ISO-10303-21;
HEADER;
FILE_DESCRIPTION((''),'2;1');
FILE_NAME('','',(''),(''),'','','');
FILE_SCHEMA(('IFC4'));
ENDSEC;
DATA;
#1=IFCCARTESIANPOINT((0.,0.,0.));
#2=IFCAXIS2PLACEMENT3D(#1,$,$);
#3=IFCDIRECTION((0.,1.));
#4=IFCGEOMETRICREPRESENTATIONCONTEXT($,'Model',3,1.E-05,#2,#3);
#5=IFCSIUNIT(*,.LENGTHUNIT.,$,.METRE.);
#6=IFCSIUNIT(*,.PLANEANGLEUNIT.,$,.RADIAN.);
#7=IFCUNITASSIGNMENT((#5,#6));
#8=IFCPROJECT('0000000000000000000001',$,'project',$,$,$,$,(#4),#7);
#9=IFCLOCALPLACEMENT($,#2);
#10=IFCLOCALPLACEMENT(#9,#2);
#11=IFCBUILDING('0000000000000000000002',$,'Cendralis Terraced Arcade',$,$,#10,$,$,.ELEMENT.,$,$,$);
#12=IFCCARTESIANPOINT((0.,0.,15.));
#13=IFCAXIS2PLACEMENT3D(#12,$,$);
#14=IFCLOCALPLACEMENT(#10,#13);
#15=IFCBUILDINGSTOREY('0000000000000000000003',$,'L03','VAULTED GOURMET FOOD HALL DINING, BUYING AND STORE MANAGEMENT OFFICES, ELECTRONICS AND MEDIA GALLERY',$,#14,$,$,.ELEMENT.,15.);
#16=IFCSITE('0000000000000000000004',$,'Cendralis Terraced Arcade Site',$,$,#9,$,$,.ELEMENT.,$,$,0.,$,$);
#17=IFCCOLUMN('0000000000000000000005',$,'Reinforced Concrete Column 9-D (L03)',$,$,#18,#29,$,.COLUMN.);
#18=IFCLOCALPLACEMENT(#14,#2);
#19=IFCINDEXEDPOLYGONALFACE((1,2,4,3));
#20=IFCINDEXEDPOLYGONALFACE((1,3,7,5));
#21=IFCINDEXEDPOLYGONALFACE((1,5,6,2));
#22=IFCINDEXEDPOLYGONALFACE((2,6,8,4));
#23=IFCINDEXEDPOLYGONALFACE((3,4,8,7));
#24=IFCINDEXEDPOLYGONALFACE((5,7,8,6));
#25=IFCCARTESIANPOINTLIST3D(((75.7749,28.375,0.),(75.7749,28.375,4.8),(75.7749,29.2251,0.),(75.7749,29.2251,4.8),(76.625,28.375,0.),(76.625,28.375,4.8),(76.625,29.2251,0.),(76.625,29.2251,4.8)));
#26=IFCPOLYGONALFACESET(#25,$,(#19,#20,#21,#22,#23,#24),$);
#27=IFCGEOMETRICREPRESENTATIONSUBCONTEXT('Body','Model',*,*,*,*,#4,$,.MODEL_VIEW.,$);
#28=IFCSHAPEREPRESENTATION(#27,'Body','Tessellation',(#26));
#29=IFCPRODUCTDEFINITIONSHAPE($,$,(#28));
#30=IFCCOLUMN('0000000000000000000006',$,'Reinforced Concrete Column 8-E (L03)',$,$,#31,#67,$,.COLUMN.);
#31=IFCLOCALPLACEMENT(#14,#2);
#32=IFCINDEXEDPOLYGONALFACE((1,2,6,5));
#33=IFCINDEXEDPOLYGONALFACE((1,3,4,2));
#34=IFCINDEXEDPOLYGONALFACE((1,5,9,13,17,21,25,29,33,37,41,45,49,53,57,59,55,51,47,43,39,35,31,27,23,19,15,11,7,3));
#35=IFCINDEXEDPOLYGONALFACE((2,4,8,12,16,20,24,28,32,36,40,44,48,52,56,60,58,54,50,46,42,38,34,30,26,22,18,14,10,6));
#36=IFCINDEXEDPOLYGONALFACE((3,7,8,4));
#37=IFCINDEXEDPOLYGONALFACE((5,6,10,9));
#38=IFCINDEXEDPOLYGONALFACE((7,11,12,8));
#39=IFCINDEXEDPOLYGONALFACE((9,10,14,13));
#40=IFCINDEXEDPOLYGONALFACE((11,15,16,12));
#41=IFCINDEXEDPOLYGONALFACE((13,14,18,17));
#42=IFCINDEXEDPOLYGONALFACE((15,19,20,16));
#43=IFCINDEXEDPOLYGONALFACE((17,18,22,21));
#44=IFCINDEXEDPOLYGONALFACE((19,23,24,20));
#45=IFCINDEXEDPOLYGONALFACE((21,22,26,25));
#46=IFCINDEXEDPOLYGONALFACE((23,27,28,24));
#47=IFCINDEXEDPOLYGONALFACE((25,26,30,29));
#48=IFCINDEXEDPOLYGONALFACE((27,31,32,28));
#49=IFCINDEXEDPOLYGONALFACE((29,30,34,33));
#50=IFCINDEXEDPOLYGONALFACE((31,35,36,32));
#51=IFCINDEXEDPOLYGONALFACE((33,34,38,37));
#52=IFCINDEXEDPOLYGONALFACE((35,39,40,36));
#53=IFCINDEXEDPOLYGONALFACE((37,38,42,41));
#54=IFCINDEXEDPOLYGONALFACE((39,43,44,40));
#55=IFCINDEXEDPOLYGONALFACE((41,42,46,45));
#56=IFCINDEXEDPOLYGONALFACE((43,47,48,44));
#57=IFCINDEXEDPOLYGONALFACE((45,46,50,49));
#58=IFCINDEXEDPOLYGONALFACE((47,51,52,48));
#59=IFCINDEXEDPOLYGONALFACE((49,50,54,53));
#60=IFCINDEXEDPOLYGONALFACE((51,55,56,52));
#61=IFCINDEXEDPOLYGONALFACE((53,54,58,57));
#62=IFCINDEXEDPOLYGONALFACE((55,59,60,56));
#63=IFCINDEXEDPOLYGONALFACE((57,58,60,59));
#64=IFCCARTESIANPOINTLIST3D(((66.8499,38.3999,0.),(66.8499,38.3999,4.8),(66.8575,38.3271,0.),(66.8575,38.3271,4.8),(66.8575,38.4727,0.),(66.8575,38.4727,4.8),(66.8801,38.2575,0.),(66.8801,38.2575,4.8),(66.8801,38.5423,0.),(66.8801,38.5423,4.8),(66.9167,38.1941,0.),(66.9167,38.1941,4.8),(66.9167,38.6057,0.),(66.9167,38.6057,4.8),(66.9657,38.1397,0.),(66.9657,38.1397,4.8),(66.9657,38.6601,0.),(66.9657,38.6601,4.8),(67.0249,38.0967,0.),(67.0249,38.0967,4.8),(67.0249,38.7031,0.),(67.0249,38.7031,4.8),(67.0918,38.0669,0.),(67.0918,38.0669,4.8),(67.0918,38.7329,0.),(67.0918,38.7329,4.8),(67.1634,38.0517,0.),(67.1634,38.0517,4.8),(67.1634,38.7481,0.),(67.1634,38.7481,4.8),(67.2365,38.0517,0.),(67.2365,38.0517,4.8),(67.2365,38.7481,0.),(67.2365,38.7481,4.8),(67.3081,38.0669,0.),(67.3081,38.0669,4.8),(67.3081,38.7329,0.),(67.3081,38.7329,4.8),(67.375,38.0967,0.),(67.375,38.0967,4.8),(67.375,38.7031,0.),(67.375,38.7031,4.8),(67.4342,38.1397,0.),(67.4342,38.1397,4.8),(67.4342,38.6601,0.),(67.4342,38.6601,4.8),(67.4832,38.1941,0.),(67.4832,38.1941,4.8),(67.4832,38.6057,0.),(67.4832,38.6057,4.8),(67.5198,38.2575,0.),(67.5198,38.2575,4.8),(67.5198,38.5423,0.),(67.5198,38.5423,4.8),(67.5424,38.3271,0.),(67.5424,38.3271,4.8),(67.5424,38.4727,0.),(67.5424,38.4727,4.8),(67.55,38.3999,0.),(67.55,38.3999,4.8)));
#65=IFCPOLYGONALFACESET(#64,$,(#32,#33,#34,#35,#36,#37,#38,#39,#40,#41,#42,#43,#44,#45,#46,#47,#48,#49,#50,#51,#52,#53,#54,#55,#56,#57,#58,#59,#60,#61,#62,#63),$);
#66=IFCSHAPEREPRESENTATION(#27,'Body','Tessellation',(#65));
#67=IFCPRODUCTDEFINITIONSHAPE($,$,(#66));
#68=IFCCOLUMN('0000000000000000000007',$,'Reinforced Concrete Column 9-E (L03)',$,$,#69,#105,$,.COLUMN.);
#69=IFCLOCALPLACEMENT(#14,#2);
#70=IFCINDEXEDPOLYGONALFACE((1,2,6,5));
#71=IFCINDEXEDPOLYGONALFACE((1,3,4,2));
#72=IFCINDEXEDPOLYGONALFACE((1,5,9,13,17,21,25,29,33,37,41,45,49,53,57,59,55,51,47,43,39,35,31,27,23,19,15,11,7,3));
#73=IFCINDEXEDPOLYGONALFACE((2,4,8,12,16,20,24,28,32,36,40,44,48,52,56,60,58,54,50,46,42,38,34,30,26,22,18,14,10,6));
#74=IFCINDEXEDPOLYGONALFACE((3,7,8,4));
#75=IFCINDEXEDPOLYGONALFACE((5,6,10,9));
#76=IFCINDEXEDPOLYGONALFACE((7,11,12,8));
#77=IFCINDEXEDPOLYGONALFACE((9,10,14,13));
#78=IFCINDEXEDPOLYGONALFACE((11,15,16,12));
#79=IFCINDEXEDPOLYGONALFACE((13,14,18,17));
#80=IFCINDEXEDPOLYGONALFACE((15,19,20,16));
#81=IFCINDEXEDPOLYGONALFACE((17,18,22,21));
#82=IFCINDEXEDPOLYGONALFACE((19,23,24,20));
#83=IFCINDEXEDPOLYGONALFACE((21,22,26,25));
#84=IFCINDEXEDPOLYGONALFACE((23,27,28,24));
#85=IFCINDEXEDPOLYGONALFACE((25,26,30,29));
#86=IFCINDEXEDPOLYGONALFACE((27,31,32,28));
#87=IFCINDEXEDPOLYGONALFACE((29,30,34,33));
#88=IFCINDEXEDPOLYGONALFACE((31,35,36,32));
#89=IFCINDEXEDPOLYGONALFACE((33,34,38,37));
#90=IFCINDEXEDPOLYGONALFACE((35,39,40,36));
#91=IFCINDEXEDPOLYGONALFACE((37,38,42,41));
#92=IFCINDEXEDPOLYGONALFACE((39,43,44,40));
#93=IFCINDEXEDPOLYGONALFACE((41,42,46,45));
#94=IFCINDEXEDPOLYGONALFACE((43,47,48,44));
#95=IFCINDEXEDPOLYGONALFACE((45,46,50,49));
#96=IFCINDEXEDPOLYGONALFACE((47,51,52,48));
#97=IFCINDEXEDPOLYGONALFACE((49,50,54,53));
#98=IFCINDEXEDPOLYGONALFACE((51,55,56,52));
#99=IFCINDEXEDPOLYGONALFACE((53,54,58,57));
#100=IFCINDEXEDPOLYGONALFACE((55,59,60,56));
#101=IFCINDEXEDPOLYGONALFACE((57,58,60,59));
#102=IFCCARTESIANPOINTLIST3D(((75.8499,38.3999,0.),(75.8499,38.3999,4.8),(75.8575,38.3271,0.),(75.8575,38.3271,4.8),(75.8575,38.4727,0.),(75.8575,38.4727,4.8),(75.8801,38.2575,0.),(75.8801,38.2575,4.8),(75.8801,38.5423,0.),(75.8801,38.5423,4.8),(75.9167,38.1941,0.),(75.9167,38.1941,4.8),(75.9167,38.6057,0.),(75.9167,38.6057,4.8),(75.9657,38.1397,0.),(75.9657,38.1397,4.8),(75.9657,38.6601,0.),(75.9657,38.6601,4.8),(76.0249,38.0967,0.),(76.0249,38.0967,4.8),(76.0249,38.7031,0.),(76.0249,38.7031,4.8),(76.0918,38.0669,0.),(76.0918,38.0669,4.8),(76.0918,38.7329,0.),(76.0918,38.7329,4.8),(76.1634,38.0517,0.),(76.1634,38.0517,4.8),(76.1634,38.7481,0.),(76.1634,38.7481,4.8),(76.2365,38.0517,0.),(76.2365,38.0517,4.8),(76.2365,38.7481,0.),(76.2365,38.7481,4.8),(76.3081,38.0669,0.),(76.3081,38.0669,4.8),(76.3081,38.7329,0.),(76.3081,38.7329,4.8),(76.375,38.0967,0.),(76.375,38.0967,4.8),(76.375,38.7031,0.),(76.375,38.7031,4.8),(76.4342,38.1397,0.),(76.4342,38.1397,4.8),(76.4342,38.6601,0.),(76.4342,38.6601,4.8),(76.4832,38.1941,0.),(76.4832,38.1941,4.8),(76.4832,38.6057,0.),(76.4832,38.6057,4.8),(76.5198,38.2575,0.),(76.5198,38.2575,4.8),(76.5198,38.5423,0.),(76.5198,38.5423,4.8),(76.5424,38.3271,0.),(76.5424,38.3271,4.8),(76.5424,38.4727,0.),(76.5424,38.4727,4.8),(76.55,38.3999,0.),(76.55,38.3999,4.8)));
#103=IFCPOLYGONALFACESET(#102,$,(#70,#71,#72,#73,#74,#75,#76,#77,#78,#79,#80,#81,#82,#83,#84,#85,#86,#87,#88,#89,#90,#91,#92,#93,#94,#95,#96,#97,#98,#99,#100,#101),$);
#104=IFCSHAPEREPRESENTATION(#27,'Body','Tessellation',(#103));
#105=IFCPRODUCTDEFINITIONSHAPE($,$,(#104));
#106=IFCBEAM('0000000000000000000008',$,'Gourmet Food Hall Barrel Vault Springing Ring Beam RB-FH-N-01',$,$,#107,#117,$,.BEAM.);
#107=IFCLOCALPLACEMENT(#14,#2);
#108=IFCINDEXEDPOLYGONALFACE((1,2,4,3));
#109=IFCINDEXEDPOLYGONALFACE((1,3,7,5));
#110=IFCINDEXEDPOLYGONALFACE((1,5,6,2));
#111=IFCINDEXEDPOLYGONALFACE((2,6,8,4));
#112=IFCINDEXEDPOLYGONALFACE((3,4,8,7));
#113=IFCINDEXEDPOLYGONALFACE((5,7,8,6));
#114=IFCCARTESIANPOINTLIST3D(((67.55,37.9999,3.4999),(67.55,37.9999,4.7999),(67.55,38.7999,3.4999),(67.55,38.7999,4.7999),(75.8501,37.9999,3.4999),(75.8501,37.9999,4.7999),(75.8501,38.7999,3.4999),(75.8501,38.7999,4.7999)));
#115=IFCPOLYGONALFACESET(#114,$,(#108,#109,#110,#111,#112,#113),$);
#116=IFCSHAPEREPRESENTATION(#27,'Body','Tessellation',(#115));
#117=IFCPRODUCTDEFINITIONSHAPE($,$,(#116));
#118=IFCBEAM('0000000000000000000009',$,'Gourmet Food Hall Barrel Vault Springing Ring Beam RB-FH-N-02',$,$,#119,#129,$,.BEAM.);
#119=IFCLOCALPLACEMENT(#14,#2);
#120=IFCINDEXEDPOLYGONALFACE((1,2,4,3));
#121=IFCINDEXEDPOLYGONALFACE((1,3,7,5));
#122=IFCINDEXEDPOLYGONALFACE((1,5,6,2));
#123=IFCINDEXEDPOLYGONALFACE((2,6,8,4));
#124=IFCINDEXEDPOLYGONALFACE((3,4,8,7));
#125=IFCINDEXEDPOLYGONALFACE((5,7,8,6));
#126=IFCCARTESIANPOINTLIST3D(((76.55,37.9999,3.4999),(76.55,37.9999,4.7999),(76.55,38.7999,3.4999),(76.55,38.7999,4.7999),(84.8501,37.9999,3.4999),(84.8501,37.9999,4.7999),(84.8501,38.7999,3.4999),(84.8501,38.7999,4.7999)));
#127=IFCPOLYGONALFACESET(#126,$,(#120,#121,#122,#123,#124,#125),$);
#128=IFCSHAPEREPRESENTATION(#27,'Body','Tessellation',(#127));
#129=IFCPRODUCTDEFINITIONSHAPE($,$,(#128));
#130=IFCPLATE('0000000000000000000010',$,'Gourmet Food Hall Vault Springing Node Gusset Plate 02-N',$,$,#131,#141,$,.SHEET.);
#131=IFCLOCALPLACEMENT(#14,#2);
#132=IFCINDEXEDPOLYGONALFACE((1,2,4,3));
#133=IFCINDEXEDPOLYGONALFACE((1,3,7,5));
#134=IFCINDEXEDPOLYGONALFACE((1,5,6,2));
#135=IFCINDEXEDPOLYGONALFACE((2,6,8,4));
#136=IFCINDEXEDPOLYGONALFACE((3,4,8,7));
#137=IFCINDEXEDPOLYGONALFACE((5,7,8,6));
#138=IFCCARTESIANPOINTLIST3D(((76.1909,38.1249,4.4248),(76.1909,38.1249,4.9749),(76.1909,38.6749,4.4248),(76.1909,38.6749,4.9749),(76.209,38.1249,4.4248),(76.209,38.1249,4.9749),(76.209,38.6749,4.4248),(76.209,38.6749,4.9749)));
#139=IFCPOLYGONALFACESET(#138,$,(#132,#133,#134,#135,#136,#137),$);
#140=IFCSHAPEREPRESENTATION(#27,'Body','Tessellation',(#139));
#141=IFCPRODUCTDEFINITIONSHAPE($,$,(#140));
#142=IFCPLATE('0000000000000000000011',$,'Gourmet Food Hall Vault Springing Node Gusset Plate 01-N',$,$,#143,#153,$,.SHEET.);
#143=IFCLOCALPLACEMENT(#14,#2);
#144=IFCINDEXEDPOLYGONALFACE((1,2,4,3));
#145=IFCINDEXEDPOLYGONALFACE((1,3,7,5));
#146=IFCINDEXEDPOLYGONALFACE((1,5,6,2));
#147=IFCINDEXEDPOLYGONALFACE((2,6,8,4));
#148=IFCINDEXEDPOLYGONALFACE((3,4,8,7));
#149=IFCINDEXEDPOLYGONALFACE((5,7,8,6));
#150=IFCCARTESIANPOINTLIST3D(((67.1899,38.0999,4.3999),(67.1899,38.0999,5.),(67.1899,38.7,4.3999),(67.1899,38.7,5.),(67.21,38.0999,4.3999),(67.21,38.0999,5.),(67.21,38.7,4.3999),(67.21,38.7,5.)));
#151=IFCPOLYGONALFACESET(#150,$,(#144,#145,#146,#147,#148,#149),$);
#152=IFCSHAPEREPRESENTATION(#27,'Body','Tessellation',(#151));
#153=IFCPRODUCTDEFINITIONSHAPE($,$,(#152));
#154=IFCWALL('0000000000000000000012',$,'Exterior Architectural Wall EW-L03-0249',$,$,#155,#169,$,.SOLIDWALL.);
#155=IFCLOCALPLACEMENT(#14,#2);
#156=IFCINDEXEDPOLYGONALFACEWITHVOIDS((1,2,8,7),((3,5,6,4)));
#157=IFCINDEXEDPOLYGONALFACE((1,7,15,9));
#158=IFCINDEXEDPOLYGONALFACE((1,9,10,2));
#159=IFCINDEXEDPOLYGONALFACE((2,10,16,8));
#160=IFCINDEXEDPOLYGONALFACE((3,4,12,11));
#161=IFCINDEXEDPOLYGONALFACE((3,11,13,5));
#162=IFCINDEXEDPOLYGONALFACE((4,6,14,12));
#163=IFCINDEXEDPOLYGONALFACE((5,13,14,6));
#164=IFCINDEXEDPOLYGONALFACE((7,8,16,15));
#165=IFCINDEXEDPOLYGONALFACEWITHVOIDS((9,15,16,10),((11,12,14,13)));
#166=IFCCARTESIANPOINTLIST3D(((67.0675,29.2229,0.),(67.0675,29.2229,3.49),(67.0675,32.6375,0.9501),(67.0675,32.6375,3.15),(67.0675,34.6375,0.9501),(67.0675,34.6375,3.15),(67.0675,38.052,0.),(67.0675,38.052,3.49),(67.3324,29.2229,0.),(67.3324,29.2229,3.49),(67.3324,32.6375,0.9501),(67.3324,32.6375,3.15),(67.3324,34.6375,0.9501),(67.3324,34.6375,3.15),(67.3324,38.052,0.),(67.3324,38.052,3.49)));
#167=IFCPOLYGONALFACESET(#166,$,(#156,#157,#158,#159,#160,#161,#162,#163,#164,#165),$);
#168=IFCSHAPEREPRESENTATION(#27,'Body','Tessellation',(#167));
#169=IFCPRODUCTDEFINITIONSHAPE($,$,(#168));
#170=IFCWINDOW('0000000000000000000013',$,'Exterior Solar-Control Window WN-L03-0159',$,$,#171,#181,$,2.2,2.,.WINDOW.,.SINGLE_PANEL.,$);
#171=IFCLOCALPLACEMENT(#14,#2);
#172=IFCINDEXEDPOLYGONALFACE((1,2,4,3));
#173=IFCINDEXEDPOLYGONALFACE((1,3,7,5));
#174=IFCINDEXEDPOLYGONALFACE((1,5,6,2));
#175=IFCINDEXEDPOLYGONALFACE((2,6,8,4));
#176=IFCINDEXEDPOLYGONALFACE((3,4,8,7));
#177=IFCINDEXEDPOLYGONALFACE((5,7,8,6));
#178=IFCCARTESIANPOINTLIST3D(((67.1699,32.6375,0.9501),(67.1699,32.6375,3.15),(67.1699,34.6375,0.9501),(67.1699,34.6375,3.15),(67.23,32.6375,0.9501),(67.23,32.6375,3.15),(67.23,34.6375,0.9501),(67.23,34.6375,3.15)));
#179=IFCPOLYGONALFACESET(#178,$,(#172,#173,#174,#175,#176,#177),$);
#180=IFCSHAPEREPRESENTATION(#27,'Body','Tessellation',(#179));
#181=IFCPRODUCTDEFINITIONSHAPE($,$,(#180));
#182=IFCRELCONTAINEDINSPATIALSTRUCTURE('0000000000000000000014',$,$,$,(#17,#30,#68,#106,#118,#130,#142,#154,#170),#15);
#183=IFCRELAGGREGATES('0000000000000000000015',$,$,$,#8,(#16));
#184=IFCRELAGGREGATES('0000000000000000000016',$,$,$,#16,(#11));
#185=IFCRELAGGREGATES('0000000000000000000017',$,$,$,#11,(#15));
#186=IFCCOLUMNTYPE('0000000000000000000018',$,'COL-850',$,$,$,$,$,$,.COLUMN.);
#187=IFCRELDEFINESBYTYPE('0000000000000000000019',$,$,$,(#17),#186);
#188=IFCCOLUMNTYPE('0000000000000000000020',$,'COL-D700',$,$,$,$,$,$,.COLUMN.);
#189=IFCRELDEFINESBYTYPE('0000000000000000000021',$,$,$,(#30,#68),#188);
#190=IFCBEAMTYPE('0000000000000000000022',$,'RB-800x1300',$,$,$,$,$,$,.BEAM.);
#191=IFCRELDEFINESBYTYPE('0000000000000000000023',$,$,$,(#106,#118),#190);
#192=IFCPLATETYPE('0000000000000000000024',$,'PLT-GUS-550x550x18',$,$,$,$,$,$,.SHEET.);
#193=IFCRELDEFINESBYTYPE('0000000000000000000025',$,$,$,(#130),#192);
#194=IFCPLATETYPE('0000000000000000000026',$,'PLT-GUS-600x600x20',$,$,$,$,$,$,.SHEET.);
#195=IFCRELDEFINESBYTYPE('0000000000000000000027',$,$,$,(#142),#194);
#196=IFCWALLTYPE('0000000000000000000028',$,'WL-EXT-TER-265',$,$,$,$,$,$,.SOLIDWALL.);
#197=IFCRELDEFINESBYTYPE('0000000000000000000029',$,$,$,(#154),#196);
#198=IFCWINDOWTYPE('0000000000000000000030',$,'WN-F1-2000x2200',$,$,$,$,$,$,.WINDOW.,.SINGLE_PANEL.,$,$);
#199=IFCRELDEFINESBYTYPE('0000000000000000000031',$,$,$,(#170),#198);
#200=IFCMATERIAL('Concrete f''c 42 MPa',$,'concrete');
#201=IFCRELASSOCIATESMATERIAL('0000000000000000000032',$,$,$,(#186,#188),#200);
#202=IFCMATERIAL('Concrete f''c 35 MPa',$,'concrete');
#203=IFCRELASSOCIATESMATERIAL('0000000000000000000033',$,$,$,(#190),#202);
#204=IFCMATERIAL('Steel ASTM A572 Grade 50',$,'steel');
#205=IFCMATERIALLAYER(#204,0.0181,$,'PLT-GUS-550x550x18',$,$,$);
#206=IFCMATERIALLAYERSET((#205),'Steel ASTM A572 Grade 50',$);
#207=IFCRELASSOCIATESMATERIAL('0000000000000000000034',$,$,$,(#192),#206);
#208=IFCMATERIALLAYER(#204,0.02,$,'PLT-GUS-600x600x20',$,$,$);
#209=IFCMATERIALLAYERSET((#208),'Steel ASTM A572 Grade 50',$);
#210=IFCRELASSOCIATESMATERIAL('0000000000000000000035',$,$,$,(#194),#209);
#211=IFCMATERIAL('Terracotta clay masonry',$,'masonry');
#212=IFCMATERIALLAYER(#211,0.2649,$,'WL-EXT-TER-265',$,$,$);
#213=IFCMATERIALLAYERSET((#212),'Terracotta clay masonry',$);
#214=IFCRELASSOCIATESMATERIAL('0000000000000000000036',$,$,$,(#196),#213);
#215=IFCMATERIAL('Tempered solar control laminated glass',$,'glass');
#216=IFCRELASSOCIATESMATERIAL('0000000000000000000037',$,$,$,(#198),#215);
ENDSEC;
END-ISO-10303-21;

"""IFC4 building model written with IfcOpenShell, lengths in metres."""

from ifc_helpers import new_model, si_unit, direction, frame, frame_2d, origin, origin_2d, place, context, subcontext, project, spatial, rectangle, circle, extrude, material, layer, layer_set, material_profile, profile_set, type_object, element, fill, save


model = new_model("IFC4")

# Units and contexts
model_context = context("Model", 3, precision=1e-05, world=origin(), true_north=direction((0.0, 1.0)))
body_context = subcontext(model_context, "Body", "Model", "MODEL_VIEW")
ifc_project = project(units=[si_unit("LENGTHUNIT", "METRE"), si_unit("PLANEANGLEUNIT", "RADIAN")], contexts=[model_context])

# Site, building, storey
site_placement = place(None, origin())
site = spatial("IfcSite", under=ifc_project, at=site_placement, Name="Cendralis Terraced Arcade Site", CompositionType="ELEMENT", RefElevation=0.0)
building_placement = place(site_placement, origin())
building = spatial("IfcBuilding", under=site, at=building_placement, Name="Cendralis Terraced Arcade", CompositionType="ELEMENT")
storey_placement = place(building_placement, frame((0.0, 0.0, 15.0)))
storey = spatial("IfcBuildingStorey", under=building, at=storey_placement, Name="L03", Description="VAULTED GOURMET FOOD HALL DINING, BUYING AND STORE MANAGEMENT OFFICES, ELECTRONICS AND MEDIA GALLERY", CompositionType="ELEMENT", Elevation=15.0)

# Columns
ifc_material_1 = material(Name="Concrete f'c 42 MPa", Category="concrete")
ifc_material_profile_1 = material_profile(ifc_material_1, rectangle(XDim=0.8501, YDim=0.8501, at=origin_2d()), Name="RC-COL-850x850", Category="LoadBearing")
ifc_profile_set_1 = profile_set([ifc_material_profile_1], Name="Concrete f'c 42 MPa")
column_type_1 = type_object("IfcColumnType", Name="COL-850", PredefinedType="COLUMN", material=ifc_profile_set_1)
column_placement = place(storey_placement, frame((76.2, 28.8, 0.0), z_axis=(0.0, 0.0, 1.0), x_axis=(1.0, 0.0, 0.0)))
element("IfcColumn", 1, at=column_placement, inside=storey, type_object=column_type_1, Name="Reinforced Concrete Column 9-D (L03)", PredefinedType="COLUMN", context=body_context, shape_type="SweptSolid", body=[
    extrude(rectangle(XDim=0.8501, YDim=0.8501, at=origin_2d()), origin(), (0.0, 0.0, 1.0), 4.8),
])
ifc_material_profile_2 = material_profile(ifc_material_1, circle(Radius=0.3501, at=origin_2d()), Name="RC-COL-D700", Category="LoadBearing")
ifc_profile_set_2 = profile_set([ifc_material_profile_2], Name="Concrete f'c 42 MPa")
column_type_2 = type_object("IfcColumnType", Name="COL-D700", PredefinedType="COLUMN", material=ifc_profile_set_2)
for number, where, z_axis, x_axis, name in (
    (2, (67.2, 38.3999, 0.0), (0.0, 0.0, 1.0), (1.0, 0.0, 0.0), "Reinforced Concrete Column 8-E (L03)"),
    (3, (76.2, 38.3999, 0.0), (0.0, 0.0, 1.0), (1.0, 0.0, 0.0), "Reinforced Concrete Column 9-E (L03)"),
):
    element("IfcColumn", number, at=place(storey_placement, frame(where, z_axis=z_axis, x_axis=x_axis)), inside=storey, type_object=column_type_2, Name=name, PredefinedType="COLUMN", context=body_context, shape_type="SweptSolid", body=[
        extrude(circle(Radius=0.3501, at=origin_2d()), origin(), (0.0, 0.0, 1.0), 4.8),
    ])

# Beams
ifc_material_2 = material(Name="Concrete f'c 35 MPa", Category="concrete")
ifc_material_profile_3 = material_profile(ifc_material_2, rectangle(XDim=0.8, YDim=1.3, at=origin_2d()), Name="RC-RB-800x1300", Category="LoadBearing")
ifc_profile_set_3 = profile_set([ifc_material_profile_3], Name="Concrete f'c 35 MPa")
beam_type = type_object("IfcBeamType", Name="RB-800x1300", PredefinedType="BEAM", material=ifc_profile_set_3)
for number, where, z_axis, x_axis, name in (
    (4, (67.55, 38.3999, 4.1499), (1.0, 0.0, 0.0), (0.0, 1.0, 0.0), "Gourmet Food Hall Barrel Vault Springing Ring Beam RB-FH-N-01"),
    (5, (76.55, 38.3999, 4.1499), (1.0, 0.0, 0.0), (0.0, 1.0, 0.0), "Gourmet Food Hall Barrel Vault Springing Ring Beam RB-FH-N-02"),
):
    element("IfcBeam", number, at=place(storey_placement, frame(where, z_axis=z_axis, x_axis=x_axis)), inside=storey, type_object=beam_type, Name=name, PredefinedType="BEAM", context=body_context, shape_type="SweptSolid", body=[
        extrude(rectangle(XDim=0.8, YDim=1.3, at=origin_2d()), origin(), (0.0, 0.0, 1.0), 8.3),
    ])

# Plates
ifc_material_3 = material(Name="Steel ASTM A572 Grade 50", Category="steel")
ifc_layer_1 = layer(ifc_material_3, 0.0181, Name="PLT-GUS-550x550x18")
ifc_layer_set_1 = layer_set([ifc_layer_1], Name="Steel ASTM A572 Grade 50")
plate_type_1 = type_object("IfcPlateType", Name="PLT-GUS-550x550x18", PredefinedType="SHEET", material=ifc_layer_set_1)
plate_1_placement = place(storey_placement, frame((76.2, 38.3999, 4.4248), z_axis=(0.0, 0.0, 1.0), x_axis=(0.0, 1.0, 0.0)))
element("IfcPlate", 6, at=plate_1_placement, inside=storey, type_object=plate_type_1, Name="Gourmet Food Hall Vault Springing Node Gusset Plate 02-N", PredefinedType="SHEET", context=body_context, shape_type="SweptSolid", body=[
    extrude(rectangle(XDim=0.55, YDim=0.0181, at=origin_2d()), origin(), (0.0, 0.0, 1.0), 0.55),
])
ifc_layer_2 = layer(ifc_material_3, 0.02, Name="PLT-GUS-600x600x20")
ifc_layer_set_2 = layer_set([ifc_layer_2], Name="Steel ASTM A572 Grade 50")
plate_type_2 = type_object("IfcPlateType", Name="PLT-GUS-600x600x20", PredefinedType="SHEET", material=ifc_layer_set_2)
plate_2_placement = place(storey_placement, frame((67.2, 38.3999, 4.3999), z_axis=(0.0, 0.0, 1.0), x_axis=(0.0, 1.0, 0.0)))
element("IfcPlate", 7, at=plate_2_placement, inside=storey, type_object=plate_type_2, Name="Gourmet Food Hall Vault Springing Node Gusset Plate 01-N", PredefinedType="SHEET", context=body_context, shape_type="SweptSolid", body=[
    extrude(rectangle(XDim=0.6001, YDim=0.02, at=origin_2d()), origin(), (0.0, 0.0, 1.0), 0.6001),
])

# Wall, opening, window
ifc_material_4 = material(Name="Terracotta clay masonry", Category="masonry")
ifc_layer_3 = layer(ifc_material_4, 0.2649, Name="WL-EXT-TER-265")
ifc_layer_set_3 = layer_set([ifc_layer_3], Name="Terracotta clay masonry")
wall_type_1 = type_object("IfcWallType", Name="WL-EXT-TER-265", PredefinedType="SOLIDWALL", material=ifc_layer_set_3)
wall_1_placement = place(storey_placement, frame((67.2, 29.2229, 0.0), z_axis=(0.0, 0.0, 1.0), x_axis=(0.0, 1.0, 0.0)))
wall_1 = element("IfcWall", 8, at=wall_1_placement, inside=storey, type_object=wall_type_1, Name="Exterior Architectural Wall EW-L03-0249", PredefinedType="SOLIDWALL", context=body_context, shape_type="SweptSolid", body=[
    extrude(rectangle(XDim=8.8291, YDim=0.2649, at=frame_2d((4.4146, 0.0))), origin(), (0.0, 0.0, 1.0), 3.49),
])
opening_1_placement = place(wall_1_placement, frame((3.4146, 0.0, 0.95)))
opening_1 = element("IfcOpeningElement", 9, at=opening_1_placement, cuts=wall_1, PredefinedType="OPENING", context=body_context, shape_type="SweptSolid", body=[
    extrude(rectangle(XDim=2.0, YDim=2.2, at=frame_2d((1.0, 1.1001))), frame((0.0, 0.1445, 0.0), z_axis=(0.0, -1.0, 0.0), x_axis=(1.0, 0.0, 0.0)), (0.0, 0.0, 1.0), 0.2888),
])
ifc_material_5 = material(Name="Tempered solar control laminated glass", Category="glass")
window_type_1 = type_object("IfcWindowType", Name="WN-F1-2000x2200", PartitioningType="SINGLE_PANEL", PredefinedType="WINDOW", material=ifc_material_5)
window_1_placement = place(opening_1_placement, origin())
window_1 = element("IfcWindow", 10, at=window_1_placement, inside=storey, type_object=window_type_1, Name="Exterior Solar-Control Window WN-L03-0159", OverallHeight=2.2, OverallWidth=2.0, PartitioningType="SINGLE_PANEL", PredefinedType="WINDOW", context=body_context, shape_type="SweptSolid", body=[
    extrude(rectangle(XDim=2.0, YDim=2.2, at=frame_2d((1.0, 1.1001))), frame((0.0, 0.03, 0.0), z_axis=(0.0, -1.0, 0.0), x_axis=(1.0, 0.0, 0.0)), (0.0, 0.0, 1.0), 0.0601),
])
fill(opening_1, window_1)

save(model, "model.ifc")
